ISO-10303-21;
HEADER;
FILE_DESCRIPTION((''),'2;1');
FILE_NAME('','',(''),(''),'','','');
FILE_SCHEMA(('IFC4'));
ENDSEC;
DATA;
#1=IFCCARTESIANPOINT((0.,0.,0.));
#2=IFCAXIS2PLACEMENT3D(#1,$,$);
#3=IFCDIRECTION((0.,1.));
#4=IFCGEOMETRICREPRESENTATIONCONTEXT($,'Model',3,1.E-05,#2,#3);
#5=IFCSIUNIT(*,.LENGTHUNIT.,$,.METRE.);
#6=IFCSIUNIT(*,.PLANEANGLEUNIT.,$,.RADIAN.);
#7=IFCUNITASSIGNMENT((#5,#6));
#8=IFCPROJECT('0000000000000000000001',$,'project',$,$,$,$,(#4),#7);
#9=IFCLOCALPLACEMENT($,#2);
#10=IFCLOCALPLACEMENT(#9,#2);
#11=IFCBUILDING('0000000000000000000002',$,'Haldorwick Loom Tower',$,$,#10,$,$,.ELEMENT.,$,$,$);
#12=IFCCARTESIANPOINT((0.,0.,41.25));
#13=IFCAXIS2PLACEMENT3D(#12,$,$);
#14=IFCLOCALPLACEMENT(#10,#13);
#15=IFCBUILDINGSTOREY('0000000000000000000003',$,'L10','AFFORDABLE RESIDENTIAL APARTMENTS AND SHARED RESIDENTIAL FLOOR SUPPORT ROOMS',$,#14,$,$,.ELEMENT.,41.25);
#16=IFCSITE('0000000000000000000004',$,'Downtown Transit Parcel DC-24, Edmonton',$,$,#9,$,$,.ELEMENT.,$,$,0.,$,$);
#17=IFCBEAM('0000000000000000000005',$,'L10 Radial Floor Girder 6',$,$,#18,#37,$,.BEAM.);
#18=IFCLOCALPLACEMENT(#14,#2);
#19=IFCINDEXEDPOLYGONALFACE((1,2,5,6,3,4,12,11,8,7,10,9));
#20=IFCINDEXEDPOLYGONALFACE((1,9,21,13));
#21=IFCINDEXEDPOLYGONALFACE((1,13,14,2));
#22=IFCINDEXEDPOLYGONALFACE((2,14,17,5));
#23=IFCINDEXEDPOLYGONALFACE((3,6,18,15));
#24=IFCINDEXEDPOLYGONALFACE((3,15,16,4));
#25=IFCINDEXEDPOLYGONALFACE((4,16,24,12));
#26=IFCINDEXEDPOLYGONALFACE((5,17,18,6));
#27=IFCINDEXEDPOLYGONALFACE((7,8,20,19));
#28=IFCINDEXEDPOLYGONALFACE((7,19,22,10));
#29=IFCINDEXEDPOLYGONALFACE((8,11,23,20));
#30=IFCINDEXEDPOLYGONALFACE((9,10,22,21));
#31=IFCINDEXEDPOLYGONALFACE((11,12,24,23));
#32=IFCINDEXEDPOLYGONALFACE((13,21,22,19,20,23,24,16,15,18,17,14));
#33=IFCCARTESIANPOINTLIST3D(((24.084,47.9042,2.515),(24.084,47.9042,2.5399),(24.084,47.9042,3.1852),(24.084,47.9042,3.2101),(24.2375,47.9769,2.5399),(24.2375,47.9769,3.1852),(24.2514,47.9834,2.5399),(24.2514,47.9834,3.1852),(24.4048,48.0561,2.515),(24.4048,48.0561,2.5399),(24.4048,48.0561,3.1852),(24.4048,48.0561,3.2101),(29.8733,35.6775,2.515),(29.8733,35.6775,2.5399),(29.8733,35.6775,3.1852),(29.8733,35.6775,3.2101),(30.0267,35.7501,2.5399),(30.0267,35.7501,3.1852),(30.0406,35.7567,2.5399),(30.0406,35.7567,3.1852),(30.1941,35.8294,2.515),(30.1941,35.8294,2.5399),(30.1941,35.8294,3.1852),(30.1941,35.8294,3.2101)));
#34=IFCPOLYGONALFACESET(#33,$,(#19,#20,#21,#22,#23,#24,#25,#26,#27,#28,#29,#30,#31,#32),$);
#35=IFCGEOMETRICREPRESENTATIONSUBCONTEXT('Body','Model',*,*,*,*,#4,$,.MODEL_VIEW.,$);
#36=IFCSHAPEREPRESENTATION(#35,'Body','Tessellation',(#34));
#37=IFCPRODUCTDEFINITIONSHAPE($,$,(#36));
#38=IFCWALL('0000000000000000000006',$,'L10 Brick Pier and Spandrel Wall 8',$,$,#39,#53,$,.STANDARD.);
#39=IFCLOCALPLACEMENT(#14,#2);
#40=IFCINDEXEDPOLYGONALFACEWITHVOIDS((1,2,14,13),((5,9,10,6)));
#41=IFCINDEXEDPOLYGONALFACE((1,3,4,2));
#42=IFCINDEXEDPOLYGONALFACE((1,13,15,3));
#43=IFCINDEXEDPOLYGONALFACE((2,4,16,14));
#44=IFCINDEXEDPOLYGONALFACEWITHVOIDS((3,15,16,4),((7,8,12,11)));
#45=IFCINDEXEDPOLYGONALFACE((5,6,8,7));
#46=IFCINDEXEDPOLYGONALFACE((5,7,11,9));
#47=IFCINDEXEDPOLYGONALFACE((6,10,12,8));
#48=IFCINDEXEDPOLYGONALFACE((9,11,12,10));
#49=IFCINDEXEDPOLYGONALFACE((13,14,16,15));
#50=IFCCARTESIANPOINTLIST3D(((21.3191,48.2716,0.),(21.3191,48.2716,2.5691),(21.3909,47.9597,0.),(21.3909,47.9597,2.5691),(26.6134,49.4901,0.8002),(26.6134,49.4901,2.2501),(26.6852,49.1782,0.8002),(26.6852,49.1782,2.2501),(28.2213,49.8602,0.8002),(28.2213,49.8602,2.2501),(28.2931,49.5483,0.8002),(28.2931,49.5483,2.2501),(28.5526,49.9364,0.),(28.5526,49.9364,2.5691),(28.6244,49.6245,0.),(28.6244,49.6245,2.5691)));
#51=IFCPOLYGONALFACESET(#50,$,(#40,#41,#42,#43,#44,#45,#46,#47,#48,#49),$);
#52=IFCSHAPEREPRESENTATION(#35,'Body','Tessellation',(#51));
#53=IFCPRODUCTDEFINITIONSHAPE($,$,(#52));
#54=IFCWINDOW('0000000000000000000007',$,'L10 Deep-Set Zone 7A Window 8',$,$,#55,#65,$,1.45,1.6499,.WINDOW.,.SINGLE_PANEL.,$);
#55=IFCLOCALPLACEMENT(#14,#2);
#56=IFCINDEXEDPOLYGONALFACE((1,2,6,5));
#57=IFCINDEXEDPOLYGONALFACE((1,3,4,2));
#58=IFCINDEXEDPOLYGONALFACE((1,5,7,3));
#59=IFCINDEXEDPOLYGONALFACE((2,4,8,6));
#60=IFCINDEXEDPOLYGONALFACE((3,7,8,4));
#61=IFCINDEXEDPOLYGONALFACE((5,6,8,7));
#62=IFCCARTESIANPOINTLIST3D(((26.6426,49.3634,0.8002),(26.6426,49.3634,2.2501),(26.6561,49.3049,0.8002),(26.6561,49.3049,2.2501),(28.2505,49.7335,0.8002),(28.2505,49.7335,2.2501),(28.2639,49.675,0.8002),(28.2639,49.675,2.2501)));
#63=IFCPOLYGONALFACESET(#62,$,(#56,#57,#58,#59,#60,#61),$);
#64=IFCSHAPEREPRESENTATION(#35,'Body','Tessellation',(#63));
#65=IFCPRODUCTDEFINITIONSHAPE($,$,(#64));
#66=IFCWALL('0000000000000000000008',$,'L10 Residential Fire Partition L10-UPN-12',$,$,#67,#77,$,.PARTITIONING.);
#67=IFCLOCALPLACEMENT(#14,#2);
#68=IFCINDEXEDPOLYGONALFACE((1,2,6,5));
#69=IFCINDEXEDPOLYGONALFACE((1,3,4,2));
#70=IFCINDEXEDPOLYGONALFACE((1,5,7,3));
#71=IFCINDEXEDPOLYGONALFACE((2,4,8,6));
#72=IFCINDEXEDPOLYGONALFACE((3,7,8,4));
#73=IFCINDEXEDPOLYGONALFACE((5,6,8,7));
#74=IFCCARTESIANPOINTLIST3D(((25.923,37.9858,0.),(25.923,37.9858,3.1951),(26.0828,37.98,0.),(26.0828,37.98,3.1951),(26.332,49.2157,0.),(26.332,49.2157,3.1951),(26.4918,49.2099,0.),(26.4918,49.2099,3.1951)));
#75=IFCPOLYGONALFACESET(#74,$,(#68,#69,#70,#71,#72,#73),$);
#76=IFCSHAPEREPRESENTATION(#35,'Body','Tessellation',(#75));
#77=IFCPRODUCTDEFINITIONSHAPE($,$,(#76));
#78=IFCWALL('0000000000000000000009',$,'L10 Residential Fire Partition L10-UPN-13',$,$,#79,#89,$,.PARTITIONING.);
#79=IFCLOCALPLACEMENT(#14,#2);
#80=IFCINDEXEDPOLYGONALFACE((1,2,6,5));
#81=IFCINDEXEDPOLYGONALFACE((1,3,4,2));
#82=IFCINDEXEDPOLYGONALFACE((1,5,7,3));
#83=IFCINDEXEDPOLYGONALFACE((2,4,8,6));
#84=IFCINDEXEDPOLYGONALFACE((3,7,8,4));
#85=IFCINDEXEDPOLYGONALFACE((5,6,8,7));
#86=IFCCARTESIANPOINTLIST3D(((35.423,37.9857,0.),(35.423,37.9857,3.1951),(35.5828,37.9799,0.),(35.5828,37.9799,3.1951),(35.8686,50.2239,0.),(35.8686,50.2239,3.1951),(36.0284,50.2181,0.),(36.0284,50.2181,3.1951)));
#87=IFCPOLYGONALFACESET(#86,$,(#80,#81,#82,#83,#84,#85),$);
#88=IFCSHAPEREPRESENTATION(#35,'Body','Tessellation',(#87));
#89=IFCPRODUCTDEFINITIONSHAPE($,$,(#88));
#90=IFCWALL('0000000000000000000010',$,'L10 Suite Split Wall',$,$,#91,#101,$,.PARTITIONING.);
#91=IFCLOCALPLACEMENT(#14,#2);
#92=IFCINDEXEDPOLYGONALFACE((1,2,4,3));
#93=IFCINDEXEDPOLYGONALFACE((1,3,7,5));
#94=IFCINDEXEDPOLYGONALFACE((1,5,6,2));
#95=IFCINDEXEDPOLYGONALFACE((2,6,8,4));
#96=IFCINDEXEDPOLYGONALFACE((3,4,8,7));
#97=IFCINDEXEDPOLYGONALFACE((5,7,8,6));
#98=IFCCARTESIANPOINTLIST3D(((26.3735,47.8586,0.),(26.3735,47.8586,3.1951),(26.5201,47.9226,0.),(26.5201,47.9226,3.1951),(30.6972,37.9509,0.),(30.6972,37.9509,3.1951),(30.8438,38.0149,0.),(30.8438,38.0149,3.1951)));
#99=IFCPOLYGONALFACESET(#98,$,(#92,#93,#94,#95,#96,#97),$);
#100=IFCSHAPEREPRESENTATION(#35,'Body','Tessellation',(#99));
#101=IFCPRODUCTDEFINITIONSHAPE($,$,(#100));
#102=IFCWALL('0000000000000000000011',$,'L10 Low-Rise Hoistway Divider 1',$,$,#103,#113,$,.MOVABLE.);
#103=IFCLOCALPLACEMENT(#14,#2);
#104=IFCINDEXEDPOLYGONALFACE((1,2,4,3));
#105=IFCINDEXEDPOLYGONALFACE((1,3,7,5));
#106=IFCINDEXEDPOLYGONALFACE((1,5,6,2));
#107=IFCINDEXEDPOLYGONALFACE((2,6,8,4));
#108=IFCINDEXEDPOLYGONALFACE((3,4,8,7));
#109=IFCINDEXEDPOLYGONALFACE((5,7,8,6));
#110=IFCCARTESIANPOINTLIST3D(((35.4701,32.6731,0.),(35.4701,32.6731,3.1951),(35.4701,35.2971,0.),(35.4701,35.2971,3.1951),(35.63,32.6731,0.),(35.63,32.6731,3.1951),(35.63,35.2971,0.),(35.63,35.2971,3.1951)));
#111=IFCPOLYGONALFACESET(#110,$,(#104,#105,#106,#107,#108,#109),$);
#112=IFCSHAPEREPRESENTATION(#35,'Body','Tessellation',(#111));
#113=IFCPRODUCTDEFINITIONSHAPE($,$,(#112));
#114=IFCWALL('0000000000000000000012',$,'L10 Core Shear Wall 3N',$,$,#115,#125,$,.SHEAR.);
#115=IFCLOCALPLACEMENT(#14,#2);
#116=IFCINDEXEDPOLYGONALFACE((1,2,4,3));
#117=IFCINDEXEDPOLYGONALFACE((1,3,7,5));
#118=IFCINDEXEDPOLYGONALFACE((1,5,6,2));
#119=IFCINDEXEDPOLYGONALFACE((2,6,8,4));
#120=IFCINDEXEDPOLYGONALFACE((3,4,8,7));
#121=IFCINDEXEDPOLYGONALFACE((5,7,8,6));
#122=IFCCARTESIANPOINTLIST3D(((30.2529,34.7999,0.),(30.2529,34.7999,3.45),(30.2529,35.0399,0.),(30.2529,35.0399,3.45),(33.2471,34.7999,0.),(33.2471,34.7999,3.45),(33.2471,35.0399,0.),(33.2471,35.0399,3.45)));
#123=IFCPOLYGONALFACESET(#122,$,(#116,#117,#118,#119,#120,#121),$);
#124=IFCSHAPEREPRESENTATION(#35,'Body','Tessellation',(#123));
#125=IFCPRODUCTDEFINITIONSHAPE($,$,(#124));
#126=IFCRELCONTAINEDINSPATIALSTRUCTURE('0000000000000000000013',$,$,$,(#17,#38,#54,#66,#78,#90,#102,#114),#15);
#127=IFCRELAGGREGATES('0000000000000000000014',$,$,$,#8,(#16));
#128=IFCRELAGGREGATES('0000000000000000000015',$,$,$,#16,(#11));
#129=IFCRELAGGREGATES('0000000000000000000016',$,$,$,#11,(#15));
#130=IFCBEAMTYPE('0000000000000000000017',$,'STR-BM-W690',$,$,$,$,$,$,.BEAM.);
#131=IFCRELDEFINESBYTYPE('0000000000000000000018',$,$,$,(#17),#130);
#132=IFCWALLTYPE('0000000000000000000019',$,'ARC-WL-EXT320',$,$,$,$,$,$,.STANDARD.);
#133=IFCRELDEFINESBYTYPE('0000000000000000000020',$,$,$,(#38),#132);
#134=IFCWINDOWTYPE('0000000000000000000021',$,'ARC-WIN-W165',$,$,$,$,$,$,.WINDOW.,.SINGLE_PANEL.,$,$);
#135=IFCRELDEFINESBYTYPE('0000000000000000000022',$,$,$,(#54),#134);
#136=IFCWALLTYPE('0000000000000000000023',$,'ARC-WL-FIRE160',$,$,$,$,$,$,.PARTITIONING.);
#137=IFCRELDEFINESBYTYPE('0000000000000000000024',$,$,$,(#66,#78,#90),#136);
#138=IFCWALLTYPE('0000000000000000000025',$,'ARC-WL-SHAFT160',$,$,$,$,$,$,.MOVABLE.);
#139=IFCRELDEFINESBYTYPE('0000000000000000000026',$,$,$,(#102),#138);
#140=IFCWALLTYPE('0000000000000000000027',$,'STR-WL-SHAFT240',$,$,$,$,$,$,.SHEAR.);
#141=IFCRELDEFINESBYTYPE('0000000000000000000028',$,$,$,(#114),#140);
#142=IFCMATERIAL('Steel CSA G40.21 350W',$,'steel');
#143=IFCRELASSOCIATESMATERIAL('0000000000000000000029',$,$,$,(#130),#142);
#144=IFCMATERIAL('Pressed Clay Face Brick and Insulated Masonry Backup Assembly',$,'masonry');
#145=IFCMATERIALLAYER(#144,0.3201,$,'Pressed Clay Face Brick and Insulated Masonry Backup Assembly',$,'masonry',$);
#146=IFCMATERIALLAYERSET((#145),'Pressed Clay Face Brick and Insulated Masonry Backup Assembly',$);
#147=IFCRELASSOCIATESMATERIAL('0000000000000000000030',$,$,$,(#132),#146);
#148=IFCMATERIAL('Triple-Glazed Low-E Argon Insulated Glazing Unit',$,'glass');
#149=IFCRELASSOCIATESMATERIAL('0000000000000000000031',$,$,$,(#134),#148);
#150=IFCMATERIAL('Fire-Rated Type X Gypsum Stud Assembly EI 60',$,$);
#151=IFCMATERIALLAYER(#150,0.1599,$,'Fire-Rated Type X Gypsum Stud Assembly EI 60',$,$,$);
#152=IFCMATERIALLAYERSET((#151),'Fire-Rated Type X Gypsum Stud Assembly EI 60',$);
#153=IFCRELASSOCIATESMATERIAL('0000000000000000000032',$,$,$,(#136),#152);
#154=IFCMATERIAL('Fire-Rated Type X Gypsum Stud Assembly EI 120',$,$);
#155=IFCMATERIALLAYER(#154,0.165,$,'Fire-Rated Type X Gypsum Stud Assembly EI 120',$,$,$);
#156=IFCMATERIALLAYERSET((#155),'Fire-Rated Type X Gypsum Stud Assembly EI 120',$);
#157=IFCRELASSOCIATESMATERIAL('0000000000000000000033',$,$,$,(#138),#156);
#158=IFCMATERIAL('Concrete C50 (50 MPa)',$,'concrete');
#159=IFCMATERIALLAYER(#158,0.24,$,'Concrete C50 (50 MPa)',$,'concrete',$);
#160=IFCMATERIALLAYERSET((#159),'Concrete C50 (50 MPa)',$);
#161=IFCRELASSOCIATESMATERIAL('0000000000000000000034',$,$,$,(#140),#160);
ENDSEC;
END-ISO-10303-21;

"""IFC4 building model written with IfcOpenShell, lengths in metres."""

from ifc_helpers import new_model, si_unit, direction, frame, frame_2d, origin, origin_2d, place, context, subcontext, project, spatial, rectangle, i_section, extrude, material, layer, layer_set, material_profile, profile_set, type_object, element, fill, save


model = new_model("IFC4")

# Units and contexts
model_context = context("Model", 3, precision=1e-05, world=origin(), true_north=direction((0.0, 1.0)))
body_context = subcontext(model_context, "Body", "Model", "MODEL_VIEW")
ifc_project = project(units=[si_unit("LENGTHUNIT", "METRE"), si_unit("PLANEANGLEUNIT", "RADIAN")], contexts=[model_context])

# Site, building, storey
site_placement = place(None, origin())
site = spatial("IfcSite", under=ifc_project, at=site_placement, Name="Downtown Transit Parcel DC-24, Edmonton", CompositionType="ELEMENT", RefElevation=0.0)
building_placement = place(site_placement, origin())
building = spatial("IfcBuilding", under=site, at=building_placement, Name="Haldorwick Loom Tower", CompositionType="ELEMENT")
storey_placement = place(building_placement, frame((0.0, 0.0, 41.25)))
storey = spatial("IfcBuildingStorey", under=building, at=storey_placement, Name="L10", Description="AFFORDABLE RESIDENTIAL APARTMENTS AND SHARED RESIDENTIAL FLOOR SUPPORT ROOMS", CompositionType="ELEMENT", Elevation=41.25)

# Beam
ifc_material_1 = material(Name="Steel CSA G40.21 350W", Category="steel")
ifc_material_profile_1 = material_profile(ifc_material_1, i_section(OverallWidth=0.355, OverallDepth=0.6951, WebThickness=0.0154, FlangeThickness=0.0249, at=origin_2d()), Name="W690X217", Category="steel")
ifc_profile_set_1 = profile_set([ifc_material_profile_1], Name="Steel CSA G40.21 350W")
beam_type_1 = type_object("IfcBeamType", Name="STR-BM-W690", PredefinedType="BEAM", material=ifc_profile_set_1)
beam_1_placement = place(storey_placement, frame((30.0337, 35.7534, 2.8625), z_axis=(-0.427945, 0.903805, 0.0), x_axis=(-0.903805, -0.427945, 0.0)))
element("IfcBeam", 1, at=beam_1_placement, inside=storey, type_object=beam_type_1, Name="L10 Radial Floor Girder 6", PredefinedType="BEAM", context=body_context, shape_type="SweptSolid", body=[
    extrude(i_section(OverallWidth=0.355, OverallDepth=0.6951, WebThickness=0.0154, FlangeThickness=0.0249, at=origin_2d()), origin(), (0.0, 0.0, 1.0), 13.5281),
])

# Wall, opening, window
ifc_material_2 = material(Name="Pressed Clay Face Brick and Insulated Masonry Backup Assembly", Category="masonry")
ifc_layer_1 = layer(ifc_material_2, 0.3201, Name="Pressed Clay Face Brick and Insulated Masonry Backup Assembly", Category="masonry")
ifc_layer_set_1 = layer_set([ifc_layer_1], Name="Pressed Clay Face Brick and Insulated Masonry Backup Assembly")
wall_type_1 = type_object("IfcWallType", Name="ARC-WL-EXT320", PredefinedType="STANDARD", material=ifc_layer_set_1)
wall_1_placement = place(storey_placement, frame((28.5886, 49.7805, 0.0), z_axis=(0.0, 0.0, 1.0), x_axis=(-0.974522, -0.22429, 0.0)))
wall_1 = element("IfcWall", 2, at=wall_1_placement, inside=storey, type_object=wall_type_1, Name="L10 Brick Pier and Spandrel Wall 8", PredefinedType="STANDARD", context=body_context, shape_type="SweptSolid", body=[
    extrude(rectangle(XDim=7.4226, YDim=0.3201, at=frame_2d((3.7114, 0.0))), origin(), (0.0, 0.0, 1.0), 2.5691),
])
opening_placement = place(wall_1_placement, frame((0.3401, 0.0, 0.8)))
opening = element("IfcOpeningElement", 3, at=opening_placement, cuts=wall_1, PredefinedType="OPENING", context=body_context, shape_type="SweptSolid", body=[
    extrude(rectangle(XDim=1.6499, YDim=1.45, at=frame_2d((0.825, 0.7251))), frame((0.0, 0.1699, 0.0), z_axis=(0.0, -1.0, 0.0), x_axis=(1.0, 0.0, 0.0)), (0.0, 0.0, 1.0), 0.3401),
])
ifc_material_3 = material(Name="Triple-Glazed Low-E Argon Insulated Glazing Unit", Category="glass")
window_type = type_object("IfcWindowType", Name="ARC-WIN-W165", PartitioningType="SINGLE_PANEL", PredefinedType="WINDOW", material=ifc_material_3)
window_placement = place(opening_placement, origin())
window = element("IfcWindow", 4, at=window_placement, inside=storey, type_object=window_type, Name="L10 Deep-Set Zone 7A Window 8", OverallHeight=1.45, OverallWidth=1.6499, PartitioningType="SINGLE_PANEL", PredefinedType="WINDOW", context=body_context, shape_type="SweptSolid", body=[
    extrude(rectangle(XDim=1.6499, YDim=1.45, at=frame_2d((0.825, 0.7251))), frame((0.0, 0.03, 0.0), z_axis=(0.0, -1.0, 0.0), x_axis=(1.0, 0.0, 0.0)), (0.0, 0.0, 1.0), 0.0601),
])
fill(opening, window)

# Walls
ifc_material_4 = material(Name="Fire-Rated Type X Gypsum Stud Assembly EI 60")
ifc_layer_2 = layer(ifc_material_4, 0.1599, Name="Fire-Rated Type X Gypsum Stud Assembly EI 60")
ifc_layer_set_2 = layer_set([ifc_layer_2], Name="Fire-Rated Type X Gypsum Stud Assembly EI 60")
wall_type_2 = type_object("IfcWallType", Name="ARC-WL-FIRE160", PredefinedType="PARTITIONING", material=ifc_layer_set_2)
wall_2_placement = place(storey_placement, frame((26.0029, 37.9829, 0.0), z_axis=(0.0, 0.0, 1.0), x_axis=(0.036391, 0.999338, 0.0)))
element("IfcWall", 5, at=wall_2_placement, inside=storey, type_object=wall_type_2, Name="L10 Residential Fire Partition L10-UPN-12", PredefinedType="PARTITIONING", context=body_context, shape_type="SweptSolid", body=[
    extrude(rectangle(XDim=11.2373, YDim=0.1599, at=frame_2d((5.6187, 0.0))), origin(), (0.0, 0.0, 1.0), 3.1951),
])
wall_3_placement = place(storey_placement, frame((35.5029, 37.9829, 0.0), z_axis=(0.0, 0.0, 1.0), x_axis=(0.036383, 0.999338, 0.0)))
element("IfcWall", 6, at=wall_3_placement, inside=storey, type_object=wall_type_2, Name="L10 Residential Fire Partition L10-UPN-13", PredefinedType="PARTITIONING", context=body_context, shape_type="SweptSolid", body=[
    extrude(rectangle(XDim=12.2463, YDim=0.1599, at=frame_2d((6.123, 0.0))), origin(), (0.0, 0.0, 1.0), 3.1951),
])
wall_4_placement = place(storey_placement, frame((30.7705, 37.9829, 0.0), z_axis=(0.0, 0.0, 1.0), x_axis=(-0.399973, 0.916527, 0.0)))
element("IfcWall", 7, at=wall_4_placement, inside=storey, type_object=wall_type_2, Name="L10 Suite Split Wall", PredefinedType="PARTITIONING", context=body_context, shape_type="SweptSolid", body=[
    extrude(rectangle(XDim=10.8101, YDim=0.1599, at=frame_2d((5.405, 0.0))), origin(), (0.0, 0.0, 1.0), 3.1951),
])
ifc_material_5 = material(Name="Fire-Rated Type X Gypsum Stud Assembly EI 120")
ifc_layer_3 = layer(ifc_material_5, 0.165, Name="Fire-Rated Type X Gypsum Stud Assembly EI 120")
ifc_layer_set_3 = layer_set([ifc_layer_3], Name="Fire-Rated Type X Gypsum Stud Assembly EI 120")
wall_type_3 = type_object("IfcWallType", Name="ARC-WL-SHAFT160", PredefinedType="MOVABLE", material=ifc_layer_set_3)
wall_5_placement = place(storey_placement, frame((35.55, 32.6731, 0.0), z_axis=(0.0, 0.0, 1.0), x_axis=(0.0, 1.0, 0.0)))
element("IfcWall", 8, at=wall_5_placement, inside=storey, type_object=wall_type_3, Name="L10 Low-Rise Hoistway Divider 1", PredefinedType="MOVABLE", context=body_context, shape_type="SweptSolid", body=[
    extrude(rectangle(XDim=2.624, YDim=0.1599, at=frame_2d((1.312, 0.0))), origin(), (0.0, 0.0, 1.0), 3.1951),
])
ifc_material_6 = material(Name="Concrete C50 (50 MPa)", Category="concrete")
ifc_layer_4 = layer(ifc_material_6, 0.24, Name="Concrete C50 (50 MPa)", Category="concrete")
ifc_layer_set_4 = layer_set([ifc_layer_4], Name="Concrete C50 (50 MPa)")
wall_type_4 = type_object("IfcWallType", Name="STR-WL-SHAFT240", PredefinedType="SHEAR", material=ifc_layer_set_4)
wall_6_placement = place(storey_placement, frame((30.2529, 34.9199, 0.0), z_axis=(0.0, 0.0, 1.0), x_axis=(1.0, 0.0, 0.0)))
element("IfcWall", 9, at=wall_6_placement, inside=storey, type_object=wall_type_4, Name="L10 Core Shear Wall 3N", PredefinedType="SHEAR", context=body_context, shape_type="SweptSolid", body=[
    extrude(rectangle(XDim=2.9941, YDim=0.24, at=frame_2d((1.4971, 0.0))), origin(), (0.0, 0.0, 1.0), 3.45),
])

save(model, "model.ifc")
